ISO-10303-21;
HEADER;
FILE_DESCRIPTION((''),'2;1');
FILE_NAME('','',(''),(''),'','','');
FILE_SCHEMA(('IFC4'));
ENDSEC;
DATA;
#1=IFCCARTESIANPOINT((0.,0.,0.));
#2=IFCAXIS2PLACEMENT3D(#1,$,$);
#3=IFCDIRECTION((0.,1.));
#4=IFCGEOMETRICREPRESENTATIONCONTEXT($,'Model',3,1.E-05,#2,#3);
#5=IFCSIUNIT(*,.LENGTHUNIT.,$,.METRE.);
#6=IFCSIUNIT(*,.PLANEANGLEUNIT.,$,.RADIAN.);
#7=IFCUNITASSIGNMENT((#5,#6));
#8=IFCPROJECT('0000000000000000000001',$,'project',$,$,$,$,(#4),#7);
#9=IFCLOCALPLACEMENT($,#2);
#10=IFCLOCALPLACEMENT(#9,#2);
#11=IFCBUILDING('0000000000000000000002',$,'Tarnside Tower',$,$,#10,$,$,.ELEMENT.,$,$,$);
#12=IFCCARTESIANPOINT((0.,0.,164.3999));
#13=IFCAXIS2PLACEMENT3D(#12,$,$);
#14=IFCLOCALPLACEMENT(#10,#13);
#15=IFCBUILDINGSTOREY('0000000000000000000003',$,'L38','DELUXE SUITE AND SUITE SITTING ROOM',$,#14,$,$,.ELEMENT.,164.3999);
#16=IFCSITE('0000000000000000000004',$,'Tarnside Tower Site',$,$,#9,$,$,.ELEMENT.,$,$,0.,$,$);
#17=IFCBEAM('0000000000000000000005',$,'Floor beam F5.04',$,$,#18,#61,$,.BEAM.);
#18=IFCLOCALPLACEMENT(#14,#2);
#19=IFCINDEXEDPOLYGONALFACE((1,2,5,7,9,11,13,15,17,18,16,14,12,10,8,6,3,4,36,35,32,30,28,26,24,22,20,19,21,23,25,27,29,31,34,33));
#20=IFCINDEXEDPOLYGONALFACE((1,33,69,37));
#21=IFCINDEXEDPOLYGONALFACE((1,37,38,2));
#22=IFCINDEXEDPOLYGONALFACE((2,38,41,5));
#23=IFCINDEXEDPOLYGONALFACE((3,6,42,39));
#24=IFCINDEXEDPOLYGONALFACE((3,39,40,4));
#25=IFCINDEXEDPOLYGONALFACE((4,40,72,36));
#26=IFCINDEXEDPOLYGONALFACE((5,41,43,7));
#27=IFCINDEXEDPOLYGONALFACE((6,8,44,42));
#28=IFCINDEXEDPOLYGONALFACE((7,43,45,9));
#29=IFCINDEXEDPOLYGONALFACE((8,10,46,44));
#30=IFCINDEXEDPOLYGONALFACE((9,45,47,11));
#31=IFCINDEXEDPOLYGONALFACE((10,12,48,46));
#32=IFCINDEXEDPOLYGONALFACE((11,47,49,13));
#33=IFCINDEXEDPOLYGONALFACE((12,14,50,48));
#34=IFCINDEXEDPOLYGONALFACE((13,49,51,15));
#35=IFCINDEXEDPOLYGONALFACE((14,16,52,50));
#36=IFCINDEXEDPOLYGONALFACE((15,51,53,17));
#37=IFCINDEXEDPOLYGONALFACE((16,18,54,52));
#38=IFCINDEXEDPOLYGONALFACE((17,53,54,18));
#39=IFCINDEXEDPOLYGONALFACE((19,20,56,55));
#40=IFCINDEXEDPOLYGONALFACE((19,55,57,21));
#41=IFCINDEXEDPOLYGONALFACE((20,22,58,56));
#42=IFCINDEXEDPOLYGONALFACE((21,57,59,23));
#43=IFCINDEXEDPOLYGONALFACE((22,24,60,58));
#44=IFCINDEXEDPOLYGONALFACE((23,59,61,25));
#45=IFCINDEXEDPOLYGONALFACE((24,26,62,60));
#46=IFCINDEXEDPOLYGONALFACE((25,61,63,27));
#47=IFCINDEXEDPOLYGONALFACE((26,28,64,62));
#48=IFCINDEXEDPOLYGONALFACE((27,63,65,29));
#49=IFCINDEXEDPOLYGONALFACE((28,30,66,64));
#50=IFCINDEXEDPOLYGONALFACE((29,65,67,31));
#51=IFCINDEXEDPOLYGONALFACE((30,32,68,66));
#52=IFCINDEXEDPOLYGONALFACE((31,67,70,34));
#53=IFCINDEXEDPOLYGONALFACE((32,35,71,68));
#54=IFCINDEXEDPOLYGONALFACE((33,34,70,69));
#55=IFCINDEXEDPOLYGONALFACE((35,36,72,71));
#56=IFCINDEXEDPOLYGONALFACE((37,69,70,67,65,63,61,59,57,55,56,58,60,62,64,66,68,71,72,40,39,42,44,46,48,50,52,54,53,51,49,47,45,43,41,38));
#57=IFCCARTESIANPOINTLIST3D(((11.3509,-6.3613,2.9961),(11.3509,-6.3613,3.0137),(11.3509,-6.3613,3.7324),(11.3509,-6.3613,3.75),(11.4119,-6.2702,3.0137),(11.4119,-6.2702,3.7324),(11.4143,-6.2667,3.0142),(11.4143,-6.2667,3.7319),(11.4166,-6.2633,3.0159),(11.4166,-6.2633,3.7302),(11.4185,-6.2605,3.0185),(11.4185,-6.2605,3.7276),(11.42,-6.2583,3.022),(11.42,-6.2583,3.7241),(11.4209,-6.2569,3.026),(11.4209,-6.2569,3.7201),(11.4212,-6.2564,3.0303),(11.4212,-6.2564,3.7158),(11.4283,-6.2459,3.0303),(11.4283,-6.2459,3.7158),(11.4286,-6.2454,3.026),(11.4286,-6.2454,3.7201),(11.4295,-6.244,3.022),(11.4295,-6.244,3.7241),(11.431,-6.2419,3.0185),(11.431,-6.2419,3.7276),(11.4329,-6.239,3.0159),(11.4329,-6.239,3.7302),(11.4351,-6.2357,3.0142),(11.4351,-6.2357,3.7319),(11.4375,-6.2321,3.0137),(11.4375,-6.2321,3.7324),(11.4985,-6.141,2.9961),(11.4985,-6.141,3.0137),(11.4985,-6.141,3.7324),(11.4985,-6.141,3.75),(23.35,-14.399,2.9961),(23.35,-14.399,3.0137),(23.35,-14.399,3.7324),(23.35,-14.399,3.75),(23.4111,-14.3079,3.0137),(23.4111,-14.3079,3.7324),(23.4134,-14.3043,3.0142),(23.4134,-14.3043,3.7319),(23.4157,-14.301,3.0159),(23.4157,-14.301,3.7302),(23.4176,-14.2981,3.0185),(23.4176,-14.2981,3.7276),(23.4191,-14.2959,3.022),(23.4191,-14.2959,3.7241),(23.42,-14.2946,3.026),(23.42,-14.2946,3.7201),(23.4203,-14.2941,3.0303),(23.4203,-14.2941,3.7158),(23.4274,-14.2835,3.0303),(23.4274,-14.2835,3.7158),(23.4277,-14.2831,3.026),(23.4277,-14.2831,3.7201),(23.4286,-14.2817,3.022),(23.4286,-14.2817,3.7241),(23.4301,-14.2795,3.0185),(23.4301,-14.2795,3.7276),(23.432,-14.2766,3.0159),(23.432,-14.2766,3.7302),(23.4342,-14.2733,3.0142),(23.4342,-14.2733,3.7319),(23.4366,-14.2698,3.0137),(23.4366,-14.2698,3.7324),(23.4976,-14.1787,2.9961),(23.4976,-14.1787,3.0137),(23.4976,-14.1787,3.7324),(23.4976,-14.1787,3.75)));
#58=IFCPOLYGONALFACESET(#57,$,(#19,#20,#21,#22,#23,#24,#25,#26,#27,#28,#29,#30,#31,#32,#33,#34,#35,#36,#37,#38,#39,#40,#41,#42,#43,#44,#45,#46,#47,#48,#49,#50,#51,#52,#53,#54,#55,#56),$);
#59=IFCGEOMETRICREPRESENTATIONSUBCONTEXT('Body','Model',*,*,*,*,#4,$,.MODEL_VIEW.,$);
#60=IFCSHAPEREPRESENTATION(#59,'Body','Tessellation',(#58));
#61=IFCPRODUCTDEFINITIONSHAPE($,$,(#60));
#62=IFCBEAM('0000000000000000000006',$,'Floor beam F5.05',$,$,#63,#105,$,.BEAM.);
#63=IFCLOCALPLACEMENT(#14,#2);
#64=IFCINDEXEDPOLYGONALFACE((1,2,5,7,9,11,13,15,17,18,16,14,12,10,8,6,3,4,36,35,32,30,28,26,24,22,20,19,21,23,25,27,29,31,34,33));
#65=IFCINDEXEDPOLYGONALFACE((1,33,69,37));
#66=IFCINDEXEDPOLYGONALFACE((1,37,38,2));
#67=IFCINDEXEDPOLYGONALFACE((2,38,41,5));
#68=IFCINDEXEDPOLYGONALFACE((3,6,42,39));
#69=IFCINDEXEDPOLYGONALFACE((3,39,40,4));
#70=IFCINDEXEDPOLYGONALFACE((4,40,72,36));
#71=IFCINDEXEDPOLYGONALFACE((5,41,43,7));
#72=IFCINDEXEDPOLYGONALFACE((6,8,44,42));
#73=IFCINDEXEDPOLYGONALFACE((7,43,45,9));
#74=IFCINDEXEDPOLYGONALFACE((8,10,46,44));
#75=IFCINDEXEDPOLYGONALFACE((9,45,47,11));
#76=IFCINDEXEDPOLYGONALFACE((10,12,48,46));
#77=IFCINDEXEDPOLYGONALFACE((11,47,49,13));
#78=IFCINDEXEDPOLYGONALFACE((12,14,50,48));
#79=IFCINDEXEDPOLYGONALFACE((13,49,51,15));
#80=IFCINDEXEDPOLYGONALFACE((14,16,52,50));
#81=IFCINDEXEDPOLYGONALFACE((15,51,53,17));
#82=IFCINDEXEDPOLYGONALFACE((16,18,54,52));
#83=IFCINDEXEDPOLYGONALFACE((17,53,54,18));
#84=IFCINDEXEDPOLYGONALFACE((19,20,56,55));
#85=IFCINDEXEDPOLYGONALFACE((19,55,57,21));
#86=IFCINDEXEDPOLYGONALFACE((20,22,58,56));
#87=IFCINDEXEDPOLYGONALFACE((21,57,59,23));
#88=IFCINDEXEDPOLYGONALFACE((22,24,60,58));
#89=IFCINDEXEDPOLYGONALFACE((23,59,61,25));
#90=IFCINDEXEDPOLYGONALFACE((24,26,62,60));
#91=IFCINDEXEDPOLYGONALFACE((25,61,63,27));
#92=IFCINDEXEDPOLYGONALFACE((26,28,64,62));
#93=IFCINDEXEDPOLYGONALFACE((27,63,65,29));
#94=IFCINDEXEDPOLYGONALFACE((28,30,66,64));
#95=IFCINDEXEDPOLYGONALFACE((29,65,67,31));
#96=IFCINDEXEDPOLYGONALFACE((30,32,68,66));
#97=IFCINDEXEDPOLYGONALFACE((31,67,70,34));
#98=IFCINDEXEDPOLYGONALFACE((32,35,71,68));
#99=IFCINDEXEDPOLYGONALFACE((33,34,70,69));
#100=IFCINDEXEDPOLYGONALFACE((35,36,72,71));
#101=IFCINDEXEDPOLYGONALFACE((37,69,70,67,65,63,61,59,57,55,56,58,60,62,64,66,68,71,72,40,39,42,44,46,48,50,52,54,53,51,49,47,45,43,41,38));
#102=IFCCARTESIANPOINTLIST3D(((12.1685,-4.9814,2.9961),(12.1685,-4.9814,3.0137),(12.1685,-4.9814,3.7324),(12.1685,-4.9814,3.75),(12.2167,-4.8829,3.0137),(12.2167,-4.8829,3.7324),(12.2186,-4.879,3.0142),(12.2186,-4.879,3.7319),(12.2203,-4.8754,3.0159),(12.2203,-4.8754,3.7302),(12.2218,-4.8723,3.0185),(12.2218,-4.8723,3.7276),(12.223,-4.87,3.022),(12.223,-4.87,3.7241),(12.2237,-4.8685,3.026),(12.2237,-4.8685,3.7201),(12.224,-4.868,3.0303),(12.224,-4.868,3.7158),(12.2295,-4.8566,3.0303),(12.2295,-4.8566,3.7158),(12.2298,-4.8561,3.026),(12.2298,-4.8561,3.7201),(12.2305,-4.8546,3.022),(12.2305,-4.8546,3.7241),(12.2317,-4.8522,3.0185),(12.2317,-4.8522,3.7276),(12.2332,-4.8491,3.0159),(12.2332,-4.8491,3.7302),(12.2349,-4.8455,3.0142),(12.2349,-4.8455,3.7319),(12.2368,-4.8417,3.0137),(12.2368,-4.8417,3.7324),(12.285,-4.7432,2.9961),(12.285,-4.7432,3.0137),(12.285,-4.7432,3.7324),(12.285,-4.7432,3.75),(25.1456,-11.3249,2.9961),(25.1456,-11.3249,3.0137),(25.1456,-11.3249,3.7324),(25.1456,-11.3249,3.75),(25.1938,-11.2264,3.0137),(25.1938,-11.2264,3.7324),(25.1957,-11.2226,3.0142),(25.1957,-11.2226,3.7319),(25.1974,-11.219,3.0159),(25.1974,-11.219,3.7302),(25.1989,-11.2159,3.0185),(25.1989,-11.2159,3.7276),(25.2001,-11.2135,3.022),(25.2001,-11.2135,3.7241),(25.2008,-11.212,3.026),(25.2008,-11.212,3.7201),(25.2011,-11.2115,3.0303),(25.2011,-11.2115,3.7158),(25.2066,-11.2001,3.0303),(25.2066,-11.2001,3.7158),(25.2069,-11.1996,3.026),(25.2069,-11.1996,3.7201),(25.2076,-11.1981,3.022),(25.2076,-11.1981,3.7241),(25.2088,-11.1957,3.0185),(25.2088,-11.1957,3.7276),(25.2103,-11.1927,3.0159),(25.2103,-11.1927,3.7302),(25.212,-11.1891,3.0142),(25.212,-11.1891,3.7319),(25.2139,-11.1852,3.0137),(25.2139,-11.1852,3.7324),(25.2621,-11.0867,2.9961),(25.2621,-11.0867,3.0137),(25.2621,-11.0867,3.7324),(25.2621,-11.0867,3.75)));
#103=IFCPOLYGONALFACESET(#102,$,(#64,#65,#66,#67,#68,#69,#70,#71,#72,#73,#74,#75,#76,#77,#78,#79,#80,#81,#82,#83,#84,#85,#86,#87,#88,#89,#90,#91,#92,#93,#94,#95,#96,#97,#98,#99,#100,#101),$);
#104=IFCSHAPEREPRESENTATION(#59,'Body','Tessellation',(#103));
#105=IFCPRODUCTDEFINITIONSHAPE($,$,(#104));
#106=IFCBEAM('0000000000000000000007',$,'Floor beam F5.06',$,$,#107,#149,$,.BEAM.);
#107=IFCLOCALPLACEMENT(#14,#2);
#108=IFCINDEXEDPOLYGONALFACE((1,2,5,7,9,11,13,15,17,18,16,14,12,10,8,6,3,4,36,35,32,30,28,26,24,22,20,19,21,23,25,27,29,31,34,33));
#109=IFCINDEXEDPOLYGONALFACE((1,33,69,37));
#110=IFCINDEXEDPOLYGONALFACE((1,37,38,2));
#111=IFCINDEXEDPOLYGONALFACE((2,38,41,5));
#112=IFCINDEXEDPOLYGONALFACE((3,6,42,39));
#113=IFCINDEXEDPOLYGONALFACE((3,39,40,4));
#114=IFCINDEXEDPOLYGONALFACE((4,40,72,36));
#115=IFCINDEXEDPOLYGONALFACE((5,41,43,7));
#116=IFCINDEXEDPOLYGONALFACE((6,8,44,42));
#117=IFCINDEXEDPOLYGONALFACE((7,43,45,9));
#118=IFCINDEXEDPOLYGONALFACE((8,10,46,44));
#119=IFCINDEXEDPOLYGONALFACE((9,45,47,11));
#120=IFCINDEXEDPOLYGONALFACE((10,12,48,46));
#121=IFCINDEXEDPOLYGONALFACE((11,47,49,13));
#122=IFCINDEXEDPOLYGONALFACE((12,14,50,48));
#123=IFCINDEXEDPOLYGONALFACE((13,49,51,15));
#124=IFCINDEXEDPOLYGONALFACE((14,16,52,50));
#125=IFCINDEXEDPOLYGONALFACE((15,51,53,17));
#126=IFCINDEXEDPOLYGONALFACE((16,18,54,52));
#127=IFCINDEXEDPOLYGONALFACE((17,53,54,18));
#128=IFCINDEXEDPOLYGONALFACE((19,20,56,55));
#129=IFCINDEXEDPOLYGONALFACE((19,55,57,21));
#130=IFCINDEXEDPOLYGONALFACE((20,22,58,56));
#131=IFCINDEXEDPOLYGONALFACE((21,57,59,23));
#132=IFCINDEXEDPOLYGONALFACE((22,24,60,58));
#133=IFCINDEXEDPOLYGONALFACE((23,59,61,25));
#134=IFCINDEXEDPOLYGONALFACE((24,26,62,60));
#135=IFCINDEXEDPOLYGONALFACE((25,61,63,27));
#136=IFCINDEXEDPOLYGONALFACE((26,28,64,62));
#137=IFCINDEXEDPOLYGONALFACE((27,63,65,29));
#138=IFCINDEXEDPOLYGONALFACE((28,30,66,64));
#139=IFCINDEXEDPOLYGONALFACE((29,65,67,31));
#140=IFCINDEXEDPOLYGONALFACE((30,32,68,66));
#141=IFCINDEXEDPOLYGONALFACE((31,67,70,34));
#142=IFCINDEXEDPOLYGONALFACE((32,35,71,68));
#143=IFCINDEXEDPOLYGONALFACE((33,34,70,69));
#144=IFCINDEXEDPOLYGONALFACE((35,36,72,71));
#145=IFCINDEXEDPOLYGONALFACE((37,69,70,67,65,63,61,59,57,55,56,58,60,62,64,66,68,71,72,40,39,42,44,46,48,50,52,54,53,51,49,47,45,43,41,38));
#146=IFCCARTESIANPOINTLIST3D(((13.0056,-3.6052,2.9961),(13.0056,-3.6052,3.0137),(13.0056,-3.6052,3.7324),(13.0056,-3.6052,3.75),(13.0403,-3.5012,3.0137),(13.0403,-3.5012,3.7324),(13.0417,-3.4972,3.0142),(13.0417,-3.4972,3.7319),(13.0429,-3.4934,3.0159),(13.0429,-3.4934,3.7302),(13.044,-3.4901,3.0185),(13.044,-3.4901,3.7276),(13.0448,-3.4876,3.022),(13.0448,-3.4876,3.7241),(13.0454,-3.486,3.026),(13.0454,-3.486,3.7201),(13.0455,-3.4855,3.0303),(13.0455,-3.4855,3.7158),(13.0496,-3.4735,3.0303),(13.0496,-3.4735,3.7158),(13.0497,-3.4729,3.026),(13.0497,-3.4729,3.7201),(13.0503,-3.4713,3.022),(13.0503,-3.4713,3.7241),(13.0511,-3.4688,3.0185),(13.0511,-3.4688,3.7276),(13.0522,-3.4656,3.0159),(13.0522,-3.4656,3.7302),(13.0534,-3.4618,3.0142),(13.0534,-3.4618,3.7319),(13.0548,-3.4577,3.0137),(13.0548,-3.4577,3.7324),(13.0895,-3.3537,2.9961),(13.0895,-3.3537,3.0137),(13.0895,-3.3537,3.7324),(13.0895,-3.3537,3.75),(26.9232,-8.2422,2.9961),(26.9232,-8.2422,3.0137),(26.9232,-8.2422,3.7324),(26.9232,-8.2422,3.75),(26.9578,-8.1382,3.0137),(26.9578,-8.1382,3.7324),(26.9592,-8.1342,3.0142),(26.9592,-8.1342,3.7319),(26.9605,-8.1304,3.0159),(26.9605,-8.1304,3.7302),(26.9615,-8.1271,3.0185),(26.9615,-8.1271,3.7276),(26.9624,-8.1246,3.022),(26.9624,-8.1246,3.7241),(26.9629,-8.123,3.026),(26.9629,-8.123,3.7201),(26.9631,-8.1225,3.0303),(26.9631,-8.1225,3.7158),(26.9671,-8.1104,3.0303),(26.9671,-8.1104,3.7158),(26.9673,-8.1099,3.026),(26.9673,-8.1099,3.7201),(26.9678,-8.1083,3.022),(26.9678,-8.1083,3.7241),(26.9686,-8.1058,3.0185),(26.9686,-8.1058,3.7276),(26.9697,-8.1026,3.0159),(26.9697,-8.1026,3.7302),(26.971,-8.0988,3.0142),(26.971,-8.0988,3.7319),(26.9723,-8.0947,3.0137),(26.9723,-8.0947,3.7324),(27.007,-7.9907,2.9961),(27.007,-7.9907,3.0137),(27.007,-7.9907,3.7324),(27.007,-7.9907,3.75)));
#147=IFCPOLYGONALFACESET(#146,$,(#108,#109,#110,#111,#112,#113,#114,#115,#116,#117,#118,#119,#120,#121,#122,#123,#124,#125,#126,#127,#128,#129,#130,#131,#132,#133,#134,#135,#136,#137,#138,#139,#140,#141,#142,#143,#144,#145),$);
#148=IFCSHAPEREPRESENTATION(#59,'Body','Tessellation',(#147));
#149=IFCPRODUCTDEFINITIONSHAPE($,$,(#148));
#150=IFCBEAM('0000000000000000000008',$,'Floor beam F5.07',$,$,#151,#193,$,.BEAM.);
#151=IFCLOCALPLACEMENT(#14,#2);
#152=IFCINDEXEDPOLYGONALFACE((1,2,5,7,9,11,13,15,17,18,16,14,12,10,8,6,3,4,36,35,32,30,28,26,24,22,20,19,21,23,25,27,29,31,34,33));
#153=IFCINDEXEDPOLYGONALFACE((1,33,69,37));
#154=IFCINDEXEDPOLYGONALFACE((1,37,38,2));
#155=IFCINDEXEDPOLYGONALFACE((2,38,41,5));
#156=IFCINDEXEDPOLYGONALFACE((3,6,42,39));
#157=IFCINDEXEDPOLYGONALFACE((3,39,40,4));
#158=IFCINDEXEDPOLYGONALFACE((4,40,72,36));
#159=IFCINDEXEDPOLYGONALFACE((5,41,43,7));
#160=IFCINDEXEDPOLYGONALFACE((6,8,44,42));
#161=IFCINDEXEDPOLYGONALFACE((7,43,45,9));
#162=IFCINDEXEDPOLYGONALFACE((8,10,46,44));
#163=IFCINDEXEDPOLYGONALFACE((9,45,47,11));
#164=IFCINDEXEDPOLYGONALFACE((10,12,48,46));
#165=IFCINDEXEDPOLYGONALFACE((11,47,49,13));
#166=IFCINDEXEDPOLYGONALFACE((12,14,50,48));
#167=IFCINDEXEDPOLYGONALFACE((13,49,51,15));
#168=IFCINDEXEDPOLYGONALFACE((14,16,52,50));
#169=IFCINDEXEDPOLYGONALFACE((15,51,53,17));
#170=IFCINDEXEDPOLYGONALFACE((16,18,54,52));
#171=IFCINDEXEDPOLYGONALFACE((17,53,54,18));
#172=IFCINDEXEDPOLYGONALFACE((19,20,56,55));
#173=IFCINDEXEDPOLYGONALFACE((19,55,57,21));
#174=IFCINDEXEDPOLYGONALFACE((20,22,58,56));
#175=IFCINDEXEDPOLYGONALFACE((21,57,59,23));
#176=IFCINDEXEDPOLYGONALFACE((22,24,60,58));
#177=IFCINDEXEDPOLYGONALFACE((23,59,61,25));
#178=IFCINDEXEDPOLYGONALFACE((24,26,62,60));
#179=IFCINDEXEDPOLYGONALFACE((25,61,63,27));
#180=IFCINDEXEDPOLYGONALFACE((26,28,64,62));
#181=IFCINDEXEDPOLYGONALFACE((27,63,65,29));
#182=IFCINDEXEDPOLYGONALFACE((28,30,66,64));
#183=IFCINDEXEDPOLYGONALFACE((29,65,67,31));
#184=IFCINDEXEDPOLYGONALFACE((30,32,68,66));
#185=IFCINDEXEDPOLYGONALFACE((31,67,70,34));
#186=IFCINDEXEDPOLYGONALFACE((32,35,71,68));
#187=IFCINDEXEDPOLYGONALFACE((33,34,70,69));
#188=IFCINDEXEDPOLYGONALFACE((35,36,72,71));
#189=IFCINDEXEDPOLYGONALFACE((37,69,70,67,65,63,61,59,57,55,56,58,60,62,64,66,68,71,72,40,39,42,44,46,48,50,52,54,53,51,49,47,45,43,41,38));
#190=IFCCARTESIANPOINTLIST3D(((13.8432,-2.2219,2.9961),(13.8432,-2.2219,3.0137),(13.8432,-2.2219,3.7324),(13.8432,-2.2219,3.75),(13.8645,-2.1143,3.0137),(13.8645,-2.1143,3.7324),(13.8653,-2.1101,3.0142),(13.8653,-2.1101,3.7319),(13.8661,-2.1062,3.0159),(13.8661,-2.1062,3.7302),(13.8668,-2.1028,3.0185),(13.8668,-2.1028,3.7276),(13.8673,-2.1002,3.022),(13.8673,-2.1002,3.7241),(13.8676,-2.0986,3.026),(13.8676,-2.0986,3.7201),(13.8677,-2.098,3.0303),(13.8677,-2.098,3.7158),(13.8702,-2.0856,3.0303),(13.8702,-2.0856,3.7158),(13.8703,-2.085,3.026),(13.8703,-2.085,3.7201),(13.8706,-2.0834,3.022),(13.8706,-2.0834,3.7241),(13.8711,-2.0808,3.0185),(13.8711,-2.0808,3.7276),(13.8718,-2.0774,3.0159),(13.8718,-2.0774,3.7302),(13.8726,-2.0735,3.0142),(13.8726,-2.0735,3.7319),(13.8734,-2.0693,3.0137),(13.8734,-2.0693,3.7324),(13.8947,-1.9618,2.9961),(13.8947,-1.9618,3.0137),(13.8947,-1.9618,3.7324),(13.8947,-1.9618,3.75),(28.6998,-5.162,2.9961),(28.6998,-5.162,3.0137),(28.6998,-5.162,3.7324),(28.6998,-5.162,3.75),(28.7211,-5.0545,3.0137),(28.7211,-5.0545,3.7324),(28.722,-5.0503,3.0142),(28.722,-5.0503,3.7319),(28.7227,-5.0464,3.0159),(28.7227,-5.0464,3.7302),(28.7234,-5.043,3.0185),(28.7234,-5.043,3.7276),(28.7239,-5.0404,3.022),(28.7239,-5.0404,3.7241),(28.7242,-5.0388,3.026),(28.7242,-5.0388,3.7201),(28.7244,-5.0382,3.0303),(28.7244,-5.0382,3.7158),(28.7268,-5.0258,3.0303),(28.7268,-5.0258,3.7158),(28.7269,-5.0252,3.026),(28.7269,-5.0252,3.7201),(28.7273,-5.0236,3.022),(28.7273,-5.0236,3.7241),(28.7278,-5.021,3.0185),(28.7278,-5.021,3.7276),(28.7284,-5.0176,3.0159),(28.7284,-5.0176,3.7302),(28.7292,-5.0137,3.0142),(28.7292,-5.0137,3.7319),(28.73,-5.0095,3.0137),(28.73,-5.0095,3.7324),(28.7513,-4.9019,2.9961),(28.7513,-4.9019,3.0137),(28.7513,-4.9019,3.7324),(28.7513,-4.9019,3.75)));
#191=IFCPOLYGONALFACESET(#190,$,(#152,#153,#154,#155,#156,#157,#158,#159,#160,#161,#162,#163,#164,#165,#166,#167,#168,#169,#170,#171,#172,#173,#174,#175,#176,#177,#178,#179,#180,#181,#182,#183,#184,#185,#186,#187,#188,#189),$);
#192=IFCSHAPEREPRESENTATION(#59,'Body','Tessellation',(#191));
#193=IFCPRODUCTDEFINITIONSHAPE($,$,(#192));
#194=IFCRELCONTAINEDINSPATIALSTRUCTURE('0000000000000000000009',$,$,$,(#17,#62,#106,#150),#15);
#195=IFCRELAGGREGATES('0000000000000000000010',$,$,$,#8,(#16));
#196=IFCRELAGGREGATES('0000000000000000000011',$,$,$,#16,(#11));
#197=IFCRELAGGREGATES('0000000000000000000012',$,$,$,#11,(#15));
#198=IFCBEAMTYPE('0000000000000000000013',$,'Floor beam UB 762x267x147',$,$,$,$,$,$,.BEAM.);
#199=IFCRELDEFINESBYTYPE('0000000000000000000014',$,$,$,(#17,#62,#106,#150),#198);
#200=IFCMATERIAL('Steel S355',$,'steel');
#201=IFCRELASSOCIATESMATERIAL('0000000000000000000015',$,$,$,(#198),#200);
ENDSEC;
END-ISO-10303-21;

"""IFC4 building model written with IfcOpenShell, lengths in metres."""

from ifc_helpers import new_model, si_unit, direction, frame, origin, origin_2d, place, context, subcontext, project, spatial, i_section, extrude, material, material_profile, profile_set, type_object, element, save


model = new_model("IFC4")

# Units and contexts
model_context = context("Model", 3, precision=1e-05, world=origin(), true_north=direction((0.0, 1.0)))
body_context = subcontext(model_context, "Body", "Model", "MODEL_VIEW")
ifc_project = project(units=[si_unit("LENGTHUNIT", "METRE"), si_unit("PLANEANGLEUNIT", "RADIAN")], contexts=[model_context])

# Site, building, storey
site_placement = place(None, origin())
site = spatial("IfcSite", under=ifc_project, at=site_placement, Name="Tarnside Tower Site", CompositionType="ELEMENT", RefElevation=0.0)
building_placement = place(site_placement, origin())
building = spatial("IfcBuilding", under=site, at=building_placement, Name="Tarnside Tower", CompositionType="ELEMENT")
storey_placement = place(building_placement, frame((0.0, 0.0, 164.3999)))
storey = spatial("IfcBuildingStorey", under=building, at=storey_placement, Name="L38", Description="DELUXE SUITE AND SUITE SITTING ROOM", CompositionType="ELEMENT", Elevation=164.3999)

# Beams
ifc_material_1 = material(Name="Steel S355", Category="steel")
ifc_material_profile_1 = material_profile(ifc_material_1, i_section(OverallWidth=0.2651, OverallDepth=0.7539, WebThickness=0.0127, FlangeThickness=0.0176, FilletRadius=0.0166, at=origin_2d()), Name="UB 762x267x147")
ifc_profile_set_1 = profile_set([ifc_material_profile_1], Name="Steel S355")
beam_type_1 = type_object("IfcBeamType", Name="Floor beam UB 762x267x147", PredefinedType="BEAM", material=ifc_profile_set_1)
beam_1_placement = place(storey_placement, frame((23.4238, -14.2888, 3.373), z_axis=(-0.830826, 0.556532, 0.0), x_axis=(-0.556532, -0.830826, 0.0)))
element("IfcBeam", 1, at=beam_1_placement, inside=storey, type_object=beam_type_1, Name="Floor beam F5.04", PredefinedType="BEAM", context=body_context, shape_type="SweptSolid", body=[
    extrude(i_section(OverallWidth=0.2651, OverallDepth=0.7539, WebThickness=0.0127, FlangeThickness=0.0176, FilletRadius=0.0166, at=origin_2d()), origin(), (0.0, 0.0, 1.0), 14.4424),
])
beam_2_placement = place(storey_placement, frame((25.2039, -11.2058, 3.373), z_axis=(-0.898407, 0.439164, 0.0), x_axis=(-0.439164, -0.898407, 0.0)))
element("IfcBeam", 2, at=beam_2_placement, inside=storey, type_object=beam_type_1, Name="Floor beam F5.05", PredefinedType="BEAM", context=body_context, shape_type="SweptSolid", body=[
    extrude(i_section(OverallWidth=0.2651, OverallDepth=0.7539, WebThickness=0.0127, FlangeThickness=0.0176, FilletRadius=0.0166, at=origin_2d()), origin(), (0.0, 0.0, 1.0), 14.4446),
])
beam_3_placement = place(storey_placement, frame((26.9651, -8.1165, 3.373), z_axis=(-0.948728, 0.316093, 0.0), x_axis=(-0.316093, -0.948728, 0.0)))
element("IfcBeam", 3, at=beam_3_placement, inside=storey, type_object=beam_type_1, Name="Floor beam F5.06", PredefinedType="BEAM", context=body_context, shape_type="SweptSolid", body=[
    extrude(i_section(OverallWidth=0.2651, OverallDepth=0.7539, WebThickness=0.0127, FlangeThickness=0.0176, FilletRadius=0.0166, at=origin_2d()), origin(), (0.0, 0.0, 1.0), 14.6697),
])
beam_4_placement = place(storey_placement, frame((28.7256, -5.032, 3.373), z_axis=(-0.980974, 0.194138, 0.0), x_axis=(-0.194138, -0.980974, 0.0)))
element("IfcBeam", 4, at=beam_4_placement, inside=storey, type_object=beam_type_1, Name="Floor beam F5.07", PredefinedType="BEAM", context=body_context, shape_type="SweptSolid", body=[
    extrude(i_section(OverallWidth=0.2651, OverallDepth=0.7539, WebThickness=0.0127, FlangeThickness=0.0176, FilletRadius=0.0166, at=origin_2d()), origin(), (0.0, 0.0, 1.0), 15.1448),
])

save(model, "model.ifc")
